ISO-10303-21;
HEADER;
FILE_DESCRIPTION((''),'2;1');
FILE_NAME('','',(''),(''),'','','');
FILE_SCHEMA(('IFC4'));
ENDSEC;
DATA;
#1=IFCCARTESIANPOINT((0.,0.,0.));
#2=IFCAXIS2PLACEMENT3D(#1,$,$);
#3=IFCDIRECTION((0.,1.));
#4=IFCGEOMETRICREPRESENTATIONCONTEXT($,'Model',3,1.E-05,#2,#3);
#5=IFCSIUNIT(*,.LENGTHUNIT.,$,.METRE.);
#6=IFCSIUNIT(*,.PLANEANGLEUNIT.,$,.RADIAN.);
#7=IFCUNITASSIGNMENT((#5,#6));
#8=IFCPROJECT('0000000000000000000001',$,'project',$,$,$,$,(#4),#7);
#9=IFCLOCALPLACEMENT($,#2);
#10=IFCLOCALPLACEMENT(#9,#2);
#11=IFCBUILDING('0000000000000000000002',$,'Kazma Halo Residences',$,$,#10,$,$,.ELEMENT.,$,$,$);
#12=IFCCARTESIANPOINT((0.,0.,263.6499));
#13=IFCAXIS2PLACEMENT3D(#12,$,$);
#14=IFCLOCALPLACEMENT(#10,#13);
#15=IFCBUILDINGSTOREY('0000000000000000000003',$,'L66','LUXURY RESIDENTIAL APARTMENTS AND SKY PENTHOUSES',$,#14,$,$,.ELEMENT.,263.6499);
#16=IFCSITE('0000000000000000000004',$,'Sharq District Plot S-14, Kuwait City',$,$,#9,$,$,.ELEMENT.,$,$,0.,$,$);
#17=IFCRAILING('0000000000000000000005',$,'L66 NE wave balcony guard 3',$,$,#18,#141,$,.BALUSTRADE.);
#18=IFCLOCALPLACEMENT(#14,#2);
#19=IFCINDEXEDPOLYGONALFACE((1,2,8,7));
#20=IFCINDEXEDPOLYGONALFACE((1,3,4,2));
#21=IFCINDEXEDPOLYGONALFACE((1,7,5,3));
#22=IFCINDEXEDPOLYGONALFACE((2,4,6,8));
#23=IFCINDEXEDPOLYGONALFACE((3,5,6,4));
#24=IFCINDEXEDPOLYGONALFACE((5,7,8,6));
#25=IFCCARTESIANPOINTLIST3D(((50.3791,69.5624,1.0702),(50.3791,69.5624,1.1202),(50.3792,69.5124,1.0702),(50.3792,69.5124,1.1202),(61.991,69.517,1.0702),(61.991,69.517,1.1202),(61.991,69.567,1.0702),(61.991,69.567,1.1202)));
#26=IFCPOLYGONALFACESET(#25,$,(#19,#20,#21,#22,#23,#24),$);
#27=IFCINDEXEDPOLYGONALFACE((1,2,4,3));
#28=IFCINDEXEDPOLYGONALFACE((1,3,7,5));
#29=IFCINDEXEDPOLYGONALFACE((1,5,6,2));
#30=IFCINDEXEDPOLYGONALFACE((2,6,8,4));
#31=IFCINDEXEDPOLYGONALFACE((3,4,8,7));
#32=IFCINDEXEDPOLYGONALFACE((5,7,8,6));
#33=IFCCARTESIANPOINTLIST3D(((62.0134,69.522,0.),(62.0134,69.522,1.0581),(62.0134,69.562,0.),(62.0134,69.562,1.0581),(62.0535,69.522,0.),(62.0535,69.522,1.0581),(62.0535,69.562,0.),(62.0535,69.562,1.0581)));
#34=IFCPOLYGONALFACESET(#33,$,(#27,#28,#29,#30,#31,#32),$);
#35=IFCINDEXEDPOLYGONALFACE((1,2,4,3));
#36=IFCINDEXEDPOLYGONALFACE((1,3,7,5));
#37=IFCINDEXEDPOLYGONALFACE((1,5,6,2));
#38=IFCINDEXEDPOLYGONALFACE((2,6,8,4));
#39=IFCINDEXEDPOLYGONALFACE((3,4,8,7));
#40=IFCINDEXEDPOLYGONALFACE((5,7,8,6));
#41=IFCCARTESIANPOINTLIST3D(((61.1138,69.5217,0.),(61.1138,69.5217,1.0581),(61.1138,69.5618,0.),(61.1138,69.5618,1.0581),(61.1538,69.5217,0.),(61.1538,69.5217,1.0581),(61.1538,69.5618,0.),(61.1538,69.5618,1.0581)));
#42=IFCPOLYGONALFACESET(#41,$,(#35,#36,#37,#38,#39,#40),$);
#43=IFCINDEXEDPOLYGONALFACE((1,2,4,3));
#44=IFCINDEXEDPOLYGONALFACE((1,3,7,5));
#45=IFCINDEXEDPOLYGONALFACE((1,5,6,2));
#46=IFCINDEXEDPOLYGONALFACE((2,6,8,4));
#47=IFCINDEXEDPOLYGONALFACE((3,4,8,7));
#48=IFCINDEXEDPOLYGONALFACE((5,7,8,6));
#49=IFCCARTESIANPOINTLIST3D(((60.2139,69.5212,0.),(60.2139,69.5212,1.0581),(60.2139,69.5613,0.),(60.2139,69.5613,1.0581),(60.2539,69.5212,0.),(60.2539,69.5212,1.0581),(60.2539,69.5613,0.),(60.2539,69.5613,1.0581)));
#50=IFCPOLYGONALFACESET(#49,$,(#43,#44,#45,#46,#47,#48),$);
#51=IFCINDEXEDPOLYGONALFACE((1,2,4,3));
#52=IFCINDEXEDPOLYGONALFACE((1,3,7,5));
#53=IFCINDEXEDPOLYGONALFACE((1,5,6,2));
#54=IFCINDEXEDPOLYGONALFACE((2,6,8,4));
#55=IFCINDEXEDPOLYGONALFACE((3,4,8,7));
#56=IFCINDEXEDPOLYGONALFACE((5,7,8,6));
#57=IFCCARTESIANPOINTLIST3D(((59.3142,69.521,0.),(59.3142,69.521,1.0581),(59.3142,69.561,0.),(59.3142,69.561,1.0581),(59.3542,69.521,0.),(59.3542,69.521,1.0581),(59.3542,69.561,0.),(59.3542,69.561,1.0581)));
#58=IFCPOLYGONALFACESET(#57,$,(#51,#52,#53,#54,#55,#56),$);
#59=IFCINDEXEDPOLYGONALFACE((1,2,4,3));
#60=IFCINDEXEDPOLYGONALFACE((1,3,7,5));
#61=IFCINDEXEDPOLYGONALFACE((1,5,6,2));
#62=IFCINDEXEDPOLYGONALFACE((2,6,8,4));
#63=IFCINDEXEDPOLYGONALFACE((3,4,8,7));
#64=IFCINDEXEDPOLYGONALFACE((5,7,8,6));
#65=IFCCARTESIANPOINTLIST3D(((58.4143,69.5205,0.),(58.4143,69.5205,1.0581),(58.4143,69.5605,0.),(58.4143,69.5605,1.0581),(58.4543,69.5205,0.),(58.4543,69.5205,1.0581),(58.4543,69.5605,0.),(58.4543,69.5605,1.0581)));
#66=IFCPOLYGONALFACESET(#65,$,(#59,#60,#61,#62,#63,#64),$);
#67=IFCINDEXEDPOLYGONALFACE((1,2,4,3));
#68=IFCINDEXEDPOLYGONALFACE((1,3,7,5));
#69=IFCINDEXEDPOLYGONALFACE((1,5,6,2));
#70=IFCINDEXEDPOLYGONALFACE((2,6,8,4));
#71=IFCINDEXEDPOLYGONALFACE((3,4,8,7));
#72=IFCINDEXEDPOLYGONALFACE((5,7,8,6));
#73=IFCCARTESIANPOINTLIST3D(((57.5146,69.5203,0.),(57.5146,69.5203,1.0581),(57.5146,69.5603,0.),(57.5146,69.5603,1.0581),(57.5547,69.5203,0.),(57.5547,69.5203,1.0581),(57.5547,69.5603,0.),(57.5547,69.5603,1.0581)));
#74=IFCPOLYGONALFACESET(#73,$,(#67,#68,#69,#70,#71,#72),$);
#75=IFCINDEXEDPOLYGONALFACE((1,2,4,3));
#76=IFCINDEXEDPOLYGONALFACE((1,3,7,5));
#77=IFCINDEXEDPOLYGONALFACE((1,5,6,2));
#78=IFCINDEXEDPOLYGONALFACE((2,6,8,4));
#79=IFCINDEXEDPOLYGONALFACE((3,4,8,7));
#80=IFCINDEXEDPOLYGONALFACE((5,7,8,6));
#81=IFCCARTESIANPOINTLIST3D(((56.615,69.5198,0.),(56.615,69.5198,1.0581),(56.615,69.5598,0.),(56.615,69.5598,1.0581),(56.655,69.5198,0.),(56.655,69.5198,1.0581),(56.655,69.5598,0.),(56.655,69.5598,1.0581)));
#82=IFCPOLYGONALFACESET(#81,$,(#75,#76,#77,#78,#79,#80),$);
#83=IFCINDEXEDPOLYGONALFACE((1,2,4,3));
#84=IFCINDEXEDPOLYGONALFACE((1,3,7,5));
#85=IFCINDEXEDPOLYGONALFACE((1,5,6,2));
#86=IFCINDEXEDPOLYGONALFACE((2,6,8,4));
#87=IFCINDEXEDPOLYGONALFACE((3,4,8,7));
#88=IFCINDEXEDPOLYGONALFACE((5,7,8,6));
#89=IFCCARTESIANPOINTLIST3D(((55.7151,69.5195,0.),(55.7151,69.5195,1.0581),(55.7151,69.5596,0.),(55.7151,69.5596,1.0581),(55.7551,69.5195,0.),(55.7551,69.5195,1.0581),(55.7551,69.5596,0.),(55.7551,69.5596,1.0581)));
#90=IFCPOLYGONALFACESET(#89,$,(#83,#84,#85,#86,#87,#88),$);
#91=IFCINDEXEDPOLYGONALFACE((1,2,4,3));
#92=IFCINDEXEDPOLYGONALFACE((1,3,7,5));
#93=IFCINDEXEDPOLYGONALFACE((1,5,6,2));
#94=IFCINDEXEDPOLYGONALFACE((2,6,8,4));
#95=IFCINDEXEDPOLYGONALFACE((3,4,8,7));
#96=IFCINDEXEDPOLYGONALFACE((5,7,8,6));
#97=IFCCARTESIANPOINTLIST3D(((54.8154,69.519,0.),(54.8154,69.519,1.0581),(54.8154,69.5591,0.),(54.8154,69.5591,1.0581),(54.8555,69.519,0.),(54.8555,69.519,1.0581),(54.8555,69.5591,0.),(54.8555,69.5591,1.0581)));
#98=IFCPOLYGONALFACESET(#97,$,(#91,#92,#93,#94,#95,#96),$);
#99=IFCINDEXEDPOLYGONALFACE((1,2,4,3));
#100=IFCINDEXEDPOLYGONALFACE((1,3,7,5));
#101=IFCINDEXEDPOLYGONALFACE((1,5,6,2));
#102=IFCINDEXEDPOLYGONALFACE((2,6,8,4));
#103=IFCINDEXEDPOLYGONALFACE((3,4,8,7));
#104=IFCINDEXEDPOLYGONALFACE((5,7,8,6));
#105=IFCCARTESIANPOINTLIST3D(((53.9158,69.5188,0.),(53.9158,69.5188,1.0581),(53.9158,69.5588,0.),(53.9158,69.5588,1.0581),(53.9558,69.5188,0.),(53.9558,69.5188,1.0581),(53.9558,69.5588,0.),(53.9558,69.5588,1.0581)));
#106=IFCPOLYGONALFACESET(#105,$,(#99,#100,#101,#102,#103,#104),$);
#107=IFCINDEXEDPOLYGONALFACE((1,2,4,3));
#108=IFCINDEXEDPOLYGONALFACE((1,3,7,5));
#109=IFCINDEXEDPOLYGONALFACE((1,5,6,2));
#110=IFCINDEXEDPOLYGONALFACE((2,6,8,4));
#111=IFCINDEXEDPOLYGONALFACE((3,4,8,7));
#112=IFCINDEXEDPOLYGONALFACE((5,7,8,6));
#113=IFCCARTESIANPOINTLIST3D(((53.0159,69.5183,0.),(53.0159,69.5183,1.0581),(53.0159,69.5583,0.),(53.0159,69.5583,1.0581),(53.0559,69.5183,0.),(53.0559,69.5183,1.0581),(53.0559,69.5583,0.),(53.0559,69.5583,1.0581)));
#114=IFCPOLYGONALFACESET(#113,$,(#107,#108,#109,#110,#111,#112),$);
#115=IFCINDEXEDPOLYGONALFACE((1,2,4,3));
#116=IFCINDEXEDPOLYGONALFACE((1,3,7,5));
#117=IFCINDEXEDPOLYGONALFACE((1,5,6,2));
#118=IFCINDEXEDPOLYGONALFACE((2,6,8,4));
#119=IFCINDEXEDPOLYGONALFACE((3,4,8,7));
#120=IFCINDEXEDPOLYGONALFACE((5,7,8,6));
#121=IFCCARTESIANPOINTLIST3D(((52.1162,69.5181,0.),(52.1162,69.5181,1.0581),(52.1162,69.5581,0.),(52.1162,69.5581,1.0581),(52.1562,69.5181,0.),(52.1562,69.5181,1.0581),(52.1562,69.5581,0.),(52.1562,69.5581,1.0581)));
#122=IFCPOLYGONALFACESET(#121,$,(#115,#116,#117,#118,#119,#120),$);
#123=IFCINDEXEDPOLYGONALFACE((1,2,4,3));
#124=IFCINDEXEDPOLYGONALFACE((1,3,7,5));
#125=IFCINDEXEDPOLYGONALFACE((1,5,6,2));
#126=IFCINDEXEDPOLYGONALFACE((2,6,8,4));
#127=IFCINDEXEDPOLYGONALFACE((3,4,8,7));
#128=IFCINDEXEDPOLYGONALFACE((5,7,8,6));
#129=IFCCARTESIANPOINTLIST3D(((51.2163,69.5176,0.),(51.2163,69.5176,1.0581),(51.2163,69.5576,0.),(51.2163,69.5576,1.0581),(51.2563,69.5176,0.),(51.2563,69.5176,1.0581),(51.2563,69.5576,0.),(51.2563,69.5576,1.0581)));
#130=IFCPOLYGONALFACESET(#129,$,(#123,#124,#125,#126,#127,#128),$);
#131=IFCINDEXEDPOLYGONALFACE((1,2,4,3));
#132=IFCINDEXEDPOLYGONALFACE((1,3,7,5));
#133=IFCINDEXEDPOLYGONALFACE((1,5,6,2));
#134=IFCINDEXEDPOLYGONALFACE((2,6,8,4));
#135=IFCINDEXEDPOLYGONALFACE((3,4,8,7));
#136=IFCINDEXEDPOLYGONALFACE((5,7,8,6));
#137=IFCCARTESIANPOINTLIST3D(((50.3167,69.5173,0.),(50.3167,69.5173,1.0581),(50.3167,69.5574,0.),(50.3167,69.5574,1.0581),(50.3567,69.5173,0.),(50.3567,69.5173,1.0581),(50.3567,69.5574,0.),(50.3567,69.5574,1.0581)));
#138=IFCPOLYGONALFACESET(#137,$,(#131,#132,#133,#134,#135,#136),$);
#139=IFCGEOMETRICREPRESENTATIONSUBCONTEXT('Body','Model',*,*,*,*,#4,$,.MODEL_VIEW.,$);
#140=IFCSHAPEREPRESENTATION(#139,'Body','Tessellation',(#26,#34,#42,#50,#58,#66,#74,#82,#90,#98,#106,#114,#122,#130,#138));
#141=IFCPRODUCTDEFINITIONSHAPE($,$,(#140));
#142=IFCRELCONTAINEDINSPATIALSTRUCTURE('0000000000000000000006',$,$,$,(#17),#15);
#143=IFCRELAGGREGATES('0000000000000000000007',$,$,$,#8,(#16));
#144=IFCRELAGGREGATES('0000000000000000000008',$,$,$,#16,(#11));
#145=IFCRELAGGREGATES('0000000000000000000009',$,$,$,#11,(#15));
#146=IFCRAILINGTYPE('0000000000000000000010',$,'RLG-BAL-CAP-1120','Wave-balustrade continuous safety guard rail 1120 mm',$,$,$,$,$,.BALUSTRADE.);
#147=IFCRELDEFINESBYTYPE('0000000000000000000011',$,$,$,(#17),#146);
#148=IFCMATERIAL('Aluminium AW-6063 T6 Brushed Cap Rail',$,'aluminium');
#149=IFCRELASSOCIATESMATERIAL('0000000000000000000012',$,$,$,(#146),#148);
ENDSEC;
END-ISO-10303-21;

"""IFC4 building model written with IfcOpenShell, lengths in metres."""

from ifc_helpers import new_model, si_unit, direction, frame, origin, origin_2d, place, context, subcontext, project, spatial, rectangle, extrude, material, type_object, element, save


model = new_model("IFC4")

# Units and contexts
model_context = context("Model", 3, precision=1e-05, world=origin(), true_north=direction((0.0, 1.0)))
body_context = subcontext(model_context, "Body", "Model", "MODEL_VIEW")
ifc_project = project(units=[si_unit("LENGTHUNIT", "METRE"), si_unit("PLANEANGLEUNIT", "RADIAN")], contexts=[model_context])

# Site, building, storey
site_placement = place(None, origin())
site = spatial("IfcSite", under=ifc_project, at=site_placement, Name="Sharq District Plot S-14, Kuwait City", CompositionType="ELEMENT", RefElevation=0.0)
building_placement = place(site_placement, origin())
building = spatial("IfcBuilding", under=site, at=building_placement, Name="Kazma Halo Residences", CompositionType="ELEMENT")
storey_placement = place(building_placement, frame((0.0, 0.0, 263.6499)))
storey = spatial("IfcBuildingStorey", under=building, at=storey_placement, Name="L66", Description="LUXURY RESIDENTIAL APARTMENTS AND SKY PENTHOUSES", CompositionType="ELEMENT", Elevation=263.6499)

# Railing
ifc_material_1 = material(Name="Aluminium AW-6063 T6 Brushed Cap Rail", Category="aluminium")
railing_type = type_object("IfcRailingType", Name="RLG-BAL-CAP-1120", Description="Wave-balustrade continuous safety guard rail 1120 mm", PredefinedType="BALUSTRADE", material=ifc_material_1)
railing_1_placement = place(storey_placement, frame((62.0334, 69.542, 0.0)))
element("IfcRailing", 1, at=railing_1_placement, inside=storey, type_object=railing_type, Name="L66 NE wave balcony guard 3", PredefinedType="BALUSTRADE", context=body_context, shape_type="SweptSolid", body=[
    extrude(rectangle(XDim=0.05, YDim=0.05, at=origin_2d()), frame((-0.0425, 0.0, 1.0952), z_axis=(-1.0, -0.000397, 0.0), x_axis=(0.000397, -1.0, 0.0)), (0.0, 0.0, 1.0), 11.6118),
    extrude(rectangle(XDim=0.04, YDim=0.04, at=origin_2d()), origin(), (0.0, 0.0, 1.0), 1.0581),
    extrude(rectangle(XDim=0.04, YDim=0.04, at=origin_2d()), frame((-0.8997, -0.0002, 0.0)), (0.0, 0.0, 1.0), 1.0581),
    extrude(rectangle(XDim=0.04, YDim=0.04, at=origin_2d()), frame((-1.7996, -0.0007, 0.0)), (0.0, 0.0, 1.0), 1.0581),
    extrude(rectangle(XDim=0.04, YDim=0.04, at=origin_2d()), frame((-2.6992, -0.001, 0.0)), (0.0, 0.0, 1.0), 1.0581),
    extrude(rectangle(XDim=0.04, YDim=0.04, at=origin_2d()), frame((-3.5991, -0.0015, 0.0)), (0.0, 0.0, 1.0), 1.0581),
    extrude(rectangle(XDim=0.04, YDim=0.04, at=origin_2d()), frame((-4.4988, -0.0017, 0.0)), (0.0, 0.0, 1.0), 1.0581),
    extrude(rectangle(XDim=0.04, YDim=0.04, at=origin_2d()), frame((-5.3984, -0.0022, 0.0)), (0.0, 0.0, 1.0), 1.0581),
    extrude(rectangle(XDim=0.04, YDim=0.04, at=origin_2d()), frame((-6.2983, -0.0024, 0.0)), (0.0, 0.0, 1.0), 1.0581),
    extrude(rectangle(XDim=0.04, YDim=0.04, at=origin_2d()), frame((-7.198, -0.0029, 0.0)), (0.0, 0.0, 1.0), 1.0581),
    extrude(rectangle(XDim=0.04, YDim=0.04, at=origin_2d()), frame((-8.0977, -0.0032, 0.0)), (0.0, 0.0, 1.0), 1.0581),
    extrude(rectangle(XDim=0.04, YDim=0.04, at=origin_2d()), frame((-8.9976, -0.0037, 0.0)), (0.0, 0.0, 1.0), 1.0581),
    extrude(rectangle(XDim=0.04, YDim=0.04, at=origin_2d()), frame((-9.8972, -0.0039, 0.0)), (0.0, 0.0, 1.0), 1.0581),
    extrude(rectangle(XDim=0.04, YDim=0.04, at=origin_2d()), frame((-10.7971, -0.0044, 0.0)), (0.0, 0.0, 1.0), 1.0581),
    extrude(rectangle(XDim=0.04, YDim=0.04, at=origin_2d()), frame((-11.6968, -0.0046, 0.0)), (0.0, 0.0, 1.0), 1.0581),
])

save(model, "model.ifc")
